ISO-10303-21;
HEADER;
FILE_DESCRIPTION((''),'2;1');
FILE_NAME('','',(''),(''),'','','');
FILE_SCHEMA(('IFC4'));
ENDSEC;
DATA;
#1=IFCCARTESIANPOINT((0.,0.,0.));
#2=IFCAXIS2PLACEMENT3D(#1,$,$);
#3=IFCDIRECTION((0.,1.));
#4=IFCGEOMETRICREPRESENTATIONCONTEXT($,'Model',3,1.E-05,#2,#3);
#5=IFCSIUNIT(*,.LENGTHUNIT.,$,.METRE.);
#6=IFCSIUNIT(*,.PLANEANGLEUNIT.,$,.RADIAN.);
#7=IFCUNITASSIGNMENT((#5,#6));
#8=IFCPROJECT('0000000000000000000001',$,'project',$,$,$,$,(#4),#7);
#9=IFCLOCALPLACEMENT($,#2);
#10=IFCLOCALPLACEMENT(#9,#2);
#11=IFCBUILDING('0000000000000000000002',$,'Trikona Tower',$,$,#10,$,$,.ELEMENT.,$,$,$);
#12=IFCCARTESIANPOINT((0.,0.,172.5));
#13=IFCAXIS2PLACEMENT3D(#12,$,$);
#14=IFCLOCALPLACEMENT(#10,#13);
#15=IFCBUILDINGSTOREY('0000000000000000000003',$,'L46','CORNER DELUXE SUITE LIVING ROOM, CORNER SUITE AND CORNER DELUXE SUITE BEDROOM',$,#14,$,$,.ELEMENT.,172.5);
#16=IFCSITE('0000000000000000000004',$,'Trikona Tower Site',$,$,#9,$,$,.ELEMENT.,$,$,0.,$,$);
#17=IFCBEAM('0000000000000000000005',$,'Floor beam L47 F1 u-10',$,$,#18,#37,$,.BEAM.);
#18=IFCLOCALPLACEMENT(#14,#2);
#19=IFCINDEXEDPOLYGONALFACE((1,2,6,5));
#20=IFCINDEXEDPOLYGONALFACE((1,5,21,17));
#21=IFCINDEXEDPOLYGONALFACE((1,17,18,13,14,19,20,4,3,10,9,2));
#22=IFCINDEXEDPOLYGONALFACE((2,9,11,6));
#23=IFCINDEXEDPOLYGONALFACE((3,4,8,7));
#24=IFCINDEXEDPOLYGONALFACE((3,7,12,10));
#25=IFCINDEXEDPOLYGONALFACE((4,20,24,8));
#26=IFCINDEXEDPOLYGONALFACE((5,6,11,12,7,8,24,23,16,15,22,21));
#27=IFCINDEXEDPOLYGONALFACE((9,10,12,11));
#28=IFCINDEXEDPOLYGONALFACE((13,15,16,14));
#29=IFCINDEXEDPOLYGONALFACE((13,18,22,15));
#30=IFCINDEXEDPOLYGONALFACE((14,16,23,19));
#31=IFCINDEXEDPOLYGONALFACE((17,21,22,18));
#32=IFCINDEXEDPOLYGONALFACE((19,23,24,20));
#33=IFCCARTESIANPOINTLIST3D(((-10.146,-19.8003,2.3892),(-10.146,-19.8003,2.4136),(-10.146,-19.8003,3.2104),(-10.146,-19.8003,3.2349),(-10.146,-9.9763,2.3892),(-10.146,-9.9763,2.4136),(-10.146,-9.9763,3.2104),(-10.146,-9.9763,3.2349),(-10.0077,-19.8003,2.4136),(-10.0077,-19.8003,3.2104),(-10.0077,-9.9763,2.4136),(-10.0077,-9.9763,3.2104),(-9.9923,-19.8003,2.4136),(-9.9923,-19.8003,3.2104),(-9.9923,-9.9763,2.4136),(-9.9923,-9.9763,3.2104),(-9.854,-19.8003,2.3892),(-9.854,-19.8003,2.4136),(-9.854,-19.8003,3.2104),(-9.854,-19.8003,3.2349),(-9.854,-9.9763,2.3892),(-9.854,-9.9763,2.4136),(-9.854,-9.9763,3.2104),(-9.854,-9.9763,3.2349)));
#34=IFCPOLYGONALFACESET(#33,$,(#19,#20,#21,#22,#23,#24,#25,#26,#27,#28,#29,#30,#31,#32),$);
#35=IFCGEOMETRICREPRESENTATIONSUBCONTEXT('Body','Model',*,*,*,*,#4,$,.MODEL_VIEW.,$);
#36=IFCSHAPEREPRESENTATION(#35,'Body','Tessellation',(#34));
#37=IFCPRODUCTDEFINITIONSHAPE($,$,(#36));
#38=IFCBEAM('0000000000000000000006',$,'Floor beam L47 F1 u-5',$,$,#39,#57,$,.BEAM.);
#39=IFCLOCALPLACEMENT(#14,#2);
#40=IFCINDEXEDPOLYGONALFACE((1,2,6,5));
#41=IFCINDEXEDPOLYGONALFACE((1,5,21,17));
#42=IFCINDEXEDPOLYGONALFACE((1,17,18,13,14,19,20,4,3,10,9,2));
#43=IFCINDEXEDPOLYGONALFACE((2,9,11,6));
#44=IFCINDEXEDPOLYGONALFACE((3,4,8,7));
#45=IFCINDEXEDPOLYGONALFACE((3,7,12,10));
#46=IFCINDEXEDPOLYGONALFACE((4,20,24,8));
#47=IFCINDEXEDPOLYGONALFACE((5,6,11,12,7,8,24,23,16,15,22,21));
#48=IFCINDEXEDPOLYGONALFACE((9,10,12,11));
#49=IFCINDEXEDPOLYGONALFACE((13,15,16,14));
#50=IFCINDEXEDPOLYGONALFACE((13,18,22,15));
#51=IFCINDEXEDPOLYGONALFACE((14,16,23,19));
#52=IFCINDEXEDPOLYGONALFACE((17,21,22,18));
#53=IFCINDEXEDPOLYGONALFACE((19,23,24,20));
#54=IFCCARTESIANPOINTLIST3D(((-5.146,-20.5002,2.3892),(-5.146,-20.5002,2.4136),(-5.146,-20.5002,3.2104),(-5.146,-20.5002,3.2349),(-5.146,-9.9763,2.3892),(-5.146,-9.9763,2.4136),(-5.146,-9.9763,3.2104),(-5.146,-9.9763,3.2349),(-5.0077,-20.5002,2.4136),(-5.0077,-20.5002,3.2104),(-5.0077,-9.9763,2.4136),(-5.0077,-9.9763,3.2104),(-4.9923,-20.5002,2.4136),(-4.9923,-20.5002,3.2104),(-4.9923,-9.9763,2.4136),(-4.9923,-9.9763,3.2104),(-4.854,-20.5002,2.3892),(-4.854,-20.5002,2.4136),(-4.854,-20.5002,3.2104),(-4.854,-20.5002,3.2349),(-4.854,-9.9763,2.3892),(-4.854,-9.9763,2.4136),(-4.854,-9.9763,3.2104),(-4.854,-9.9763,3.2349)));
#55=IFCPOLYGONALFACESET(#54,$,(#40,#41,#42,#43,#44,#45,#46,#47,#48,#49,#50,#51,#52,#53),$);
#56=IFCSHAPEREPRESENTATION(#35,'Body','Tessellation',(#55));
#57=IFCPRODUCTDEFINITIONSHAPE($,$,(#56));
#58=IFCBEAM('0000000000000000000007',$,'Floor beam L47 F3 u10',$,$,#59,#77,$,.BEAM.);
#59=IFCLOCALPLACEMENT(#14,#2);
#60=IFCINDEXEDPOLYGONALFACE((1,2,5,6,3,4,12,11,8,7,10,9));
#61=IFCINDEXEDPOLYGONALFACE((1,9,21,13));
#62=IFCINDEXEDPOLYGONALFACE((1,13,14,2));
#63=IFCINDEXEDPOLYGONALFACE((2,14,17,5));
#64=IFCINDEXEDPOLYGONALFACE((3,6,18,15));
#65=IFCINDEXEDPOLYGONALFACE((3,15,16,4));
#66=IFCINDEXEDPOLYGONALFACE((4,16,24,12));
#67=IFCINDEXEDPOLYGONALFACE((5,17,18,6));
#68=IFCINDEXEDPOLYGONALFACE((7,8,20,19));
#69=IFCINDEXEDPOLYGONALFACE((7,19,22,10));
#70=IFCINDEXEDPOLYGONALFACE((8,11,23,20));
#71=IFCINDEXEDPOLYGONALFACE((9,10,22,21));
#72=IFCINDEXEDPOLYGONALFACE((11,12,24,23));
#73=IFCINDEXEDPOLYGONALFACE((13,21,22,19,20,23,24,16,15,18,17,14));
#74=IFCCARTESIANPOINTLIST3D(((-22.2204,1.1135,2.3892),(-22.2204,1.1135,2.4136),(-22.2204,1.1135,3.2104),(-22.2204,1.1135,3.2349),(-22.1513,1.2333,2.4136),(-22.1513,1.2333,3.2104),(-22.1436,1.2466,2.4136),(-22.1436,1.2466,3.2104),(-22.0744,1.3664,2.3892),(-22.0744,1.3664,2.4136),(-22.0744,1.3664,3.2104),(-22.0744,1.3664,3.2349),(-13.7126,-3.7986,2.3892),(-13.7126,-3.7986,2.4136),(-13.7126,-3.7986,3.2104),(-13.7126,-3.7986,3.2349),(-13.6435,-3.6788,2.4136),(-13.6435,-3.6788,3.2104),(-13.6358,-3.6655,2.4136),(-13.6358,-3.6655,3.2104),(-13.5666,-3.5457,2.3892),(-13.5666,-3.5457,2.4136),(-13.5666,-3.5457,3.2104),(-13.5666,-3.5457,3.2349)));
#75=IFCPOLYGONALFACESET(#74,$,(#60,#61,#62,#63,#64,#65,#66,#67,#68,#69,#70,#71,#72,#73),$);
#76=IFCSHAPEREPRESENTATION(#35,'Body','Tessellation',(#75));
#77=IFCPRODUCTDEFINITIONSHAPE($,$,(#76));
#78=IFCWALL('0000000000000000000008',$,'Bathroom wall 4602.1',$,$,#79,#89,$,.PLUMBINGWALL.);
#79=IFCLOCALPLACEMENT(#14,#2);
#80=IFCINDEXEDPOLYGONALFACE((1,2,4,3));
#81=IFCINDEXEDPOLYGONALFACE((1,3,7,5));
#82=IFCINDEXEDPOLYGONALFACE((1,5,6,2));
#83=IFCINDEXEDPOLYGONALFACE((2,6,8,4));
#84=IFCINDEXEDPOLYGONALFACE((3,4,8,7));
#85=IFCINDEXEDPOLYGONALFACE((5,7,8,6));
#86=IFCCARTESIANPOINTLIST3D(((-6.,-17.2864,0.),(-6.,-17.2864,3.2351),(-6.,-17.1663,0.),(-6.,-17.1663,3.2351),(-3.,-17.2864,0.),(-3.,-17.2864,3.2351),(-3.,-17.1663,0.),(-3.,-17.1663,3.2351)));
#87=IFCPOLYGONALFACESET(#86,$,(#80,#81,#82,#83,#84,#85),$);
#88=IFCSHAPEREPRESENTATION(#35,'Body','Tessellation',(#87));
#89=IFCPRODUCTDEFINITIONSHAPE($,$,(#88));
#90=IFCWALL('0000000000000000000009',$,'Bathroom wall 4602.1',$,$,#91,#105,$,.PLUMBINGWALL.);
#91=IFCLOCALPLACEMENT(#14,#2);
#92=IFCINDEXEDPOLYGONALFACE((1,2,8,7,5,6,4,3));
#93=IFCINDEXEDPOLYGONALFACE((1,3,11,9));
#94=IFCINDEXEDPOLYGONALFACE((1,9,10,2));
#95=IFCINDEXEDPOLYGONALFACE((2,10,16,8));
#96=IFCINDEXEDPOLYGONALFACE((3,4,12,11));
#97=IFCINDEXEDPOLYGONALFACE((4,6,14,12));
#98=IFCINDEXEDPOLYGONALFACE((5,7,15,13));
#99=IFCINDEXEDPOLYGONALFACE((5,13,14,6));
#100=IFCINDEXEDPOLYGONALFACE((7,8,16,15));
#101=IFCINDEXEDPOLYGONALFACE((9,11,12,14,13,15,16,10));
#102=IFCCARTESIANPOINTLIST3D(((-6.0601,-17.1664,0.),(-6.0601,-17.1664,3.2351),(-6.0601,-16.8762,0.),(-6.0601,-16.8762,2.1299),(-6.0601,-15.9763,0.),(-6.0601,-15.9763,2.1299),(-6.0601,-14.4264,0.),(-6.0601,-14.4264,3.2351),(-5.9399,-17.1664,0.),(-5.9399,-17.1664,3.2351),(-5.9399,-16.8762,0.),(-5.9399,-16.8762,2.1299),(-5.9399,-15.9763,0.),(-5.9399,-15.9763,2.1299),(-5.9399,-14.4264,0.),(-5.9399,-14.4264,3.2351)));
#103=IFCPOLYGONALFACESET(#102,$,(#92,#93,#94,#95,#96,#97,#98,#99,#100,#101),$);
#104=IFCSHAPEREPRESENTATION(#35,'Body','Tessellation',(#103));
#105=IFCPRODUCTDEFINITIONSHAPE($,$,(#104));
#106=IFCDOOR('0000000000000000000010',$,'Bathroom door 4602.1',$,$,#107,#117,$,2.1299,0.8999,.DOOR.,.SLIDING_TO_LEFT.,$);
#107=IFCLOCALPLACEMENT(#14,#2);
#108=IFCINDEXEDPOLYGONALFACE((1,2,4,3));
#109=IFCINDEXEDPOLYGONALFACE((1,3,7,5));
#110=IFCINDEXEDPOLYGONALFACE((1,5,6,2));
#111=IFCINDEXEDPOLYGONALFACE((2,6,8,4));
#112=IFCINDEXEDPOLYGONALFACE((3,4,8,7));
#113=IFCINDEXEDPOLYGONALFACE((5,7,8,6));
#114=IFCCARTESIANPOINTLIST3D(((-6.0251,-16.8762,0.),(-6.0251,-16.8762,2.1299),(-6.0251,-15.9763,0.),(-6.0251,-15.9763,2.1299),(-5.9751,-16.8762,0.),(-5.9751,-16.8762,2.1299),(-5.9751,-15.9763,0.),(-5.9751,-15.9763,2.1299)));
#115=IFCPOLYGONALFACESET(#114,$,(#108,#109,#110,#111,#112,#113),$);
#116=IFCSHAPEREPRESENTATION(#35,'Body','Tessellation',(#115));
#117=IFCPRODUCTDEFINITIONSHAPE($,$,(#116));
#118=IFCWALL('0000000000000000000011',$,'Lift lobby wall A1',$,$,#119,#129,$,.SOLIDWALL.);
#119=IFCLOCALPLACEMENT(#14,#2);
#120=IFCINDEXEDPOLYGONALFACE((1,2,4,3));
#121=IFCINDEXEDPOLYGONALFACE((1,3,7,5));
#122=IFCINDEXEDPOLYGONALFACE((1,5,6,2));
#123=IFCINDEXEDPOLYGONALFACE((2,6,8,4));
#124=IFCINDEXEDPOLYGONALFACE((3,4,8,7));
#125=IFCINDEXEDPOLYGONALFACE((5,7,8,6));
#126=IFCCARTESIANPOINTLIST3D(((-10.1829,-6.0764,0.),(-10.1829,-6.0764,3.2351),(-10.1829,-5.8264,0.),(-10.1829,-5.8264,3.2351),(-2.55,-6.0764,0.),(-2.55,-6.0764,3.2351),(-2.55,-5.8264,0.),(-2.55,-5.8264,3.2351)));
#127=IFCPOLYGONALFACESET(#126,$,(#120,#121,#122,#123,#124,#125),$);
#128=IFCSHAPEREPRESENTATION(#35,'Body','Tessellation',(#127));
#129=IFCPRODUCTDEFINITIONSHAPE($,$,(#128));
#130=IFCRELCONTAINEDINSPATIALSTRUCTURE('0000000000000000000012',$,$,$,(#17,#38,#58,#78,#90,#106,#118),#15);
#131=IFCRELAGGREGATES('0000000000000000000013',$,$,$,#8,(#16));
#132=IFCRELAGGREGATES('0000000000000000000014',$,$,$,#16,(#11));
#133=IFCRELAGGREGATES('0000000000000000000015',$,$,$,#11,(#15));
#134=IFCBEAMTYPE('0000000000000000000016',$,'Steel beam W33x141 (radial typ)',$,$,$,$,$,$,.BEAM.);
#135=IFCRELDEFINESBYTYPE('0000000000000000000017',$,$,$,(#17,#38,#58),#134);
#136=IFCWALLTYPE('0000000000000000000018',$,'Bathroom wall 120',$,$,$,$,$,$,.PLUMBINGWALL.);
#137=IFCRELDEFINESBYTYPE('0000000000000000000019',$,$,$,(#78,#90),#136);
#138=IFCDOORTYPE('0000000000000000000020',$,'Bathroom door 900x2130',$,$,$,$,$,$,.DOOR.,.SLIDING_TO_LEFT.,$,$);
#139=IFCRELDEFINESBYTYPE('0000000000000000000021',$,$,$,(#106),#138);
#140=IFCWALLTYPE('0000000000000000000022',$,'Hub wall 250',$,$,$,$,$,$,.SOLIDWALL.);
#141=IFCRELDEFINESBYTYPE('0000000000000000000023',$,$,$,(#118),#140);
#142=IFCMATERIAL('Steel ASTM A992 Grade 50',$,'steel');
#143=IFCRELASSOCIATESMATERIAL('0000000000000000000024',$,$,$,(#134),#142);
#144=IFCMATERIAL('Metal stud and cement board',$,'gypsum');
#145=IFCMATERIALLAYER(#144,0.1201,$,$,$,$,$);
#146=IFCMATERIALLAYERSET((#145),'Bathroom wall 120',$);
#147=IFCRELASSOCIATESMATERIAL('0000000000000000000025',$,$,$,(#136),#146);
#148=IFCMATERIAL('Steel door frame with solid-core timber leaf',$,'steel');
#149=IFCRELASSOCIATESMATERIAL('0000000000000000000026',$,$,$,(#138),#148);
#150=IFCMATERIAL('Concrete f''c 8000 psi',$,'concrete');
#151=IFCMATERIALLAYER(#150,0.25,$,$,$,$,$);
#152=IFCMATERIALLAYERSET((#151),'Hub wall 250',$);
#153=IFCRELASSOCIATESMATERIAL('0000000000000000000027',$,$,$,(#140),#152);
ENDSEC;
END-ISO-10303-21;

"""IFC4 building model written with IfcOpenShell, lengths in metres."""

from ifc_helpers import new_model, si_unit, direction, frame, frame_2d, origin, origin_2d, place, context, subcontext, project, spatial, rectangle, i_section, extrude, material, layer, layer_set, material_profile, profile_set, type_object, element, fill, save


model = new_model("IFC4")

# Units and contexts
model_context = context("Model", 3, precision=1e-05, world=origin(), true_north=direction((0.0, 1.0)))
body_context = subcontext(model_context, "Body", "Model", "MODEL_VIEW")
ifc_project = project(units=[si_unit("LENGTHUNIT", "METRE"), si_unit("PLANEANGLEUNIT", "RADIAN")], contexts=[model_context])

# Site, building, storey
site_placement = place(None, origin())
site = spatial("IfcSite", under=ifc_project, at=site_placement, Name="Trikona Tower Site", CompositionType="ELEMENT", RefElevation=0.0)
building_placement = place(site_placement, origin())
building = spatial("IfcBuilding", under=site, at=building_placement, Name="Trikona Tower", CompositionType="ELEMENT")
storey_placement = place(building_placement, frame((0.0, 0.0, 172.5)))
storey = spatial("IfcBuildingStorey", under=building, at=storey_placement, Name="L46", Description="CORNER DELUXE SUITE LIVING ROOM, CORNER SUITE AND CORNER DELUXE SUITE BEDROOM", CompositionType="ELEMENT", Elevation=172.5)

# Beams
ifc_material_1 = material(Name="Steel ASTM A992 Grade 50", Category="steel")
ifc_material_profile = material_profile(ifc_material_1, i_section(OverallWidth=0.292, OverallDepth=0.8457, WebThickness=0.0154, FlangeThickness=0.0244, at=origin_2d()), Name="W33X141")
ifc_profile_set = profile_set([ifc_material_profile], Name="Steel ASTM A992 Grade 50")
beam_type = type_object("IfcBeamType", Name="Steel beam W33x141 (radial typ)", PredefinedType="BEAM", material=ifc_profile_set)
beam_1_placement = place(storey_placement, frame((-10.0, -9.9763, 2.812), z_axis=(0.0, -1.0, 0.0), x_axis=(1.0, 0.0, 0.0)))
element("IfcBeam", 1, at=beam_1_placement, inside=storey, type_object=beam_type, Name="Floor beam L47 F1 u-10", PredefinedType="BEAM", context=body_context, shape_type="SweptSolid", body=[
    extrude(i_section(OverallWidth=0.292, OverallDepth=0.8457, WebThickness=0.0154, FlangeThickness=0.0244, at=origin_2d()), origin(), (0.0, 0.0, 1.0), 9.824),
])
beam_2_placement = place(storey_placement, frame((-5.0, -9.9763, 2.812), z_axis=(0.0, -1.0, 0.0), x_axis=(1.0, 0.0, 0.0)))
element("IfcBeam", 2, at=beam_2_placement, inside=storey, type_object=beam_type, Name="Floor beam L47 F1 u-5", PredefinedType="BEAM", context=body_context, shape_type="SweptSolid", body=[
    extrude(i_section(OverallWidth=0.292, OverallDepth=0.8457, WebThickness=0.0154, FlangeThickness=0.0244, at=origin_2d()), origin(), (0.0, 0.0, 1.0), 10.5239),
])
beam_3_placement = place(storey_placement, frame((-13.6396, -3.6721, 2.812), z_axis=(-0.86602, 0.500009, 0.0), x_axis=(-0.500009, -0.86602, 0.0)))
element("IfcBeam", 3, at=beam_3_placement, inside=storey, type_object=beam_type, Name="Floor beam L47 F3 u10", PredefinedType="BEAM", context=body_context, shape_type="SweptSolid", body=[
    extrude(i_section(OverallWidth=0.292, OverallDepth=0.8457, WebThickness=0.0154, FlangeThickness=0.0244, at=origin_2d()), origin(), (0.0, 0.0, 1.0), 9.824),
])

# Wall
ifc_material_2 = material(Name="Metal stud and cement board", Category="gypsum")
ifc_layer_1 = layer(ifc_material_2, 0.1201)
ifc_layer_set_1 = layer_set([ifc_layer_1], Name="Bathroom wall 120")
wall_type_1 = type_object("IfcWallType", Name="Bathroom wall 120", PredefinedType="PLUMBINGWALL", material=ifc_layer_set_1)
wall_1_placement = place(storey_placement, frame((-6.0, -17.2263, 0.0), z_axis=(0.0, 0.0, 1.0), x_axis=(1.0, 0.0, 0.0)))
element("IfcWall", 4, at=wall_1_placement, inside=storey, type_object=wall_type_1, Name="Bathroom wall 4602.1", PredefinedType="PLUMBINGWALL", context=body_context, shape_type="SweptSolid", body=[
    extrude(rectangle(XDim=3.0, YDim=0.1201, at=frame_2d((1.5, 0.0))), origin(), (0.0, 0.0, 1.0), 3.2351),
])

# Wall, opening, door
wall_2_placement = place(storey_placement, frame((-6.0, -14.4263, 0.0), z_axis=(0.0, 0.0, 1.0), x_axis=(0.0, -1.0, 0.0)))
wall_2 = element("IfcWall", 5, at=wall_2_placement, inside=storey, type_object=wall_type_1, Name="Bathroom wall 4602.1", PredefinedType="PLUMBINGWALL", context=body_context, shape_type="SweptSolid", body=[
    extrude(rectangle(XDim=2.74, YDim=0.1201, at=frame_2d((1.3701, 0.0))), origin(), (0.0, 0.0, 1.0), 3.2351),
])
opening_1_placement = place(wall_2_placement, frame((1.55, 0.0, 0.0)))
opening_1 = element("IfcOpeningElement", 6, at=opening_1_placement, cuts=wall_2, PredefinedType="OPENING", context=body_context, shape_type="SweptSolid", body=[
    extrude(rectangle(XDim=0.8999, YDim=2.1299, at=frame_2d((0.45, 1.0649))), frame((0.0, 0.0701, 0.0), z_axis=(0.0, -1.0, 0.0), x_axis=(1.0, 0.0, 0.0)), (0.0, 0.0, 1.0), 0.1401),
])
ifc_material_3 = material(Name="Steel door frame with solid-core timber leaf", Category="steel")
door_type_1 = type_object("IfcDoorType", Name="Bathroom door 900x2130", OperationType="SLIDING_TO_LEFT", PredefinedType="DOOR", material=ifc_material_3)
door_1_placement = place(opening_1_placement, origin())
door_1 = element("IfcDoor", 7, at=door_1_placement, inside=storey, type_object=door_type_1, Name="Bathroom door 4602.1", OperationType="SLIDING_TO_LEFT", OverallHeight=2.1299, OverallWidth=0.8999, PredefinedType="DOOR", context=body_context, shape_type="SweptSolid", body=[
    extrude(rectangle(XDim=0.8999, YDim=2.1299, at=frame_2d((0.45, 1.0649))), frame((0.0, 0.0249, 0.0), z_axis=(0.0, -1.0, 0.0), x_axis=(1.0, 0.0, 0.0)), (0.0, 0.0, 1.0), 0.05),
])
fill(opening_1, door_1)

# Wall
ifc_material_4 = material(Name="Concrete f'c 8000 psi", Category="concrete")
ifc_layer_2 = layer(ifc_material_4, 0.25)
ifc_layer_set_2 = layer_set([ifc_layer_2], Name="Hub wall 250")
wall_type_2 = type_object("IfcWallType", Name="Hub wall 250", PredefinedType="SOLIDWALL", material=ifc_layer_set_2)
wall_3_placement = place(storey_placement, frame((-10.1829, -5.9514, 0.0), z_axis=(0.0, 0.0, 1.0), x_axis=(1.0, 0.0, 0.0)))
element("IfcWall", 8, at=wall_3_placement, inside=storey, type_object=wall_type_2, Name="Lift lobby wall A1", PredefinedType="SOLIDWALL", context=body_context, shape_type="SweptSolid", body=[
    extrude(rectangle(XDim=7.6328, YDim=0.25, at=frame_2d((3.8164, 0.0))), origin(), (0.0, 0.0, 1.0), 3.2351),
])

save(model, "model.ifc")
